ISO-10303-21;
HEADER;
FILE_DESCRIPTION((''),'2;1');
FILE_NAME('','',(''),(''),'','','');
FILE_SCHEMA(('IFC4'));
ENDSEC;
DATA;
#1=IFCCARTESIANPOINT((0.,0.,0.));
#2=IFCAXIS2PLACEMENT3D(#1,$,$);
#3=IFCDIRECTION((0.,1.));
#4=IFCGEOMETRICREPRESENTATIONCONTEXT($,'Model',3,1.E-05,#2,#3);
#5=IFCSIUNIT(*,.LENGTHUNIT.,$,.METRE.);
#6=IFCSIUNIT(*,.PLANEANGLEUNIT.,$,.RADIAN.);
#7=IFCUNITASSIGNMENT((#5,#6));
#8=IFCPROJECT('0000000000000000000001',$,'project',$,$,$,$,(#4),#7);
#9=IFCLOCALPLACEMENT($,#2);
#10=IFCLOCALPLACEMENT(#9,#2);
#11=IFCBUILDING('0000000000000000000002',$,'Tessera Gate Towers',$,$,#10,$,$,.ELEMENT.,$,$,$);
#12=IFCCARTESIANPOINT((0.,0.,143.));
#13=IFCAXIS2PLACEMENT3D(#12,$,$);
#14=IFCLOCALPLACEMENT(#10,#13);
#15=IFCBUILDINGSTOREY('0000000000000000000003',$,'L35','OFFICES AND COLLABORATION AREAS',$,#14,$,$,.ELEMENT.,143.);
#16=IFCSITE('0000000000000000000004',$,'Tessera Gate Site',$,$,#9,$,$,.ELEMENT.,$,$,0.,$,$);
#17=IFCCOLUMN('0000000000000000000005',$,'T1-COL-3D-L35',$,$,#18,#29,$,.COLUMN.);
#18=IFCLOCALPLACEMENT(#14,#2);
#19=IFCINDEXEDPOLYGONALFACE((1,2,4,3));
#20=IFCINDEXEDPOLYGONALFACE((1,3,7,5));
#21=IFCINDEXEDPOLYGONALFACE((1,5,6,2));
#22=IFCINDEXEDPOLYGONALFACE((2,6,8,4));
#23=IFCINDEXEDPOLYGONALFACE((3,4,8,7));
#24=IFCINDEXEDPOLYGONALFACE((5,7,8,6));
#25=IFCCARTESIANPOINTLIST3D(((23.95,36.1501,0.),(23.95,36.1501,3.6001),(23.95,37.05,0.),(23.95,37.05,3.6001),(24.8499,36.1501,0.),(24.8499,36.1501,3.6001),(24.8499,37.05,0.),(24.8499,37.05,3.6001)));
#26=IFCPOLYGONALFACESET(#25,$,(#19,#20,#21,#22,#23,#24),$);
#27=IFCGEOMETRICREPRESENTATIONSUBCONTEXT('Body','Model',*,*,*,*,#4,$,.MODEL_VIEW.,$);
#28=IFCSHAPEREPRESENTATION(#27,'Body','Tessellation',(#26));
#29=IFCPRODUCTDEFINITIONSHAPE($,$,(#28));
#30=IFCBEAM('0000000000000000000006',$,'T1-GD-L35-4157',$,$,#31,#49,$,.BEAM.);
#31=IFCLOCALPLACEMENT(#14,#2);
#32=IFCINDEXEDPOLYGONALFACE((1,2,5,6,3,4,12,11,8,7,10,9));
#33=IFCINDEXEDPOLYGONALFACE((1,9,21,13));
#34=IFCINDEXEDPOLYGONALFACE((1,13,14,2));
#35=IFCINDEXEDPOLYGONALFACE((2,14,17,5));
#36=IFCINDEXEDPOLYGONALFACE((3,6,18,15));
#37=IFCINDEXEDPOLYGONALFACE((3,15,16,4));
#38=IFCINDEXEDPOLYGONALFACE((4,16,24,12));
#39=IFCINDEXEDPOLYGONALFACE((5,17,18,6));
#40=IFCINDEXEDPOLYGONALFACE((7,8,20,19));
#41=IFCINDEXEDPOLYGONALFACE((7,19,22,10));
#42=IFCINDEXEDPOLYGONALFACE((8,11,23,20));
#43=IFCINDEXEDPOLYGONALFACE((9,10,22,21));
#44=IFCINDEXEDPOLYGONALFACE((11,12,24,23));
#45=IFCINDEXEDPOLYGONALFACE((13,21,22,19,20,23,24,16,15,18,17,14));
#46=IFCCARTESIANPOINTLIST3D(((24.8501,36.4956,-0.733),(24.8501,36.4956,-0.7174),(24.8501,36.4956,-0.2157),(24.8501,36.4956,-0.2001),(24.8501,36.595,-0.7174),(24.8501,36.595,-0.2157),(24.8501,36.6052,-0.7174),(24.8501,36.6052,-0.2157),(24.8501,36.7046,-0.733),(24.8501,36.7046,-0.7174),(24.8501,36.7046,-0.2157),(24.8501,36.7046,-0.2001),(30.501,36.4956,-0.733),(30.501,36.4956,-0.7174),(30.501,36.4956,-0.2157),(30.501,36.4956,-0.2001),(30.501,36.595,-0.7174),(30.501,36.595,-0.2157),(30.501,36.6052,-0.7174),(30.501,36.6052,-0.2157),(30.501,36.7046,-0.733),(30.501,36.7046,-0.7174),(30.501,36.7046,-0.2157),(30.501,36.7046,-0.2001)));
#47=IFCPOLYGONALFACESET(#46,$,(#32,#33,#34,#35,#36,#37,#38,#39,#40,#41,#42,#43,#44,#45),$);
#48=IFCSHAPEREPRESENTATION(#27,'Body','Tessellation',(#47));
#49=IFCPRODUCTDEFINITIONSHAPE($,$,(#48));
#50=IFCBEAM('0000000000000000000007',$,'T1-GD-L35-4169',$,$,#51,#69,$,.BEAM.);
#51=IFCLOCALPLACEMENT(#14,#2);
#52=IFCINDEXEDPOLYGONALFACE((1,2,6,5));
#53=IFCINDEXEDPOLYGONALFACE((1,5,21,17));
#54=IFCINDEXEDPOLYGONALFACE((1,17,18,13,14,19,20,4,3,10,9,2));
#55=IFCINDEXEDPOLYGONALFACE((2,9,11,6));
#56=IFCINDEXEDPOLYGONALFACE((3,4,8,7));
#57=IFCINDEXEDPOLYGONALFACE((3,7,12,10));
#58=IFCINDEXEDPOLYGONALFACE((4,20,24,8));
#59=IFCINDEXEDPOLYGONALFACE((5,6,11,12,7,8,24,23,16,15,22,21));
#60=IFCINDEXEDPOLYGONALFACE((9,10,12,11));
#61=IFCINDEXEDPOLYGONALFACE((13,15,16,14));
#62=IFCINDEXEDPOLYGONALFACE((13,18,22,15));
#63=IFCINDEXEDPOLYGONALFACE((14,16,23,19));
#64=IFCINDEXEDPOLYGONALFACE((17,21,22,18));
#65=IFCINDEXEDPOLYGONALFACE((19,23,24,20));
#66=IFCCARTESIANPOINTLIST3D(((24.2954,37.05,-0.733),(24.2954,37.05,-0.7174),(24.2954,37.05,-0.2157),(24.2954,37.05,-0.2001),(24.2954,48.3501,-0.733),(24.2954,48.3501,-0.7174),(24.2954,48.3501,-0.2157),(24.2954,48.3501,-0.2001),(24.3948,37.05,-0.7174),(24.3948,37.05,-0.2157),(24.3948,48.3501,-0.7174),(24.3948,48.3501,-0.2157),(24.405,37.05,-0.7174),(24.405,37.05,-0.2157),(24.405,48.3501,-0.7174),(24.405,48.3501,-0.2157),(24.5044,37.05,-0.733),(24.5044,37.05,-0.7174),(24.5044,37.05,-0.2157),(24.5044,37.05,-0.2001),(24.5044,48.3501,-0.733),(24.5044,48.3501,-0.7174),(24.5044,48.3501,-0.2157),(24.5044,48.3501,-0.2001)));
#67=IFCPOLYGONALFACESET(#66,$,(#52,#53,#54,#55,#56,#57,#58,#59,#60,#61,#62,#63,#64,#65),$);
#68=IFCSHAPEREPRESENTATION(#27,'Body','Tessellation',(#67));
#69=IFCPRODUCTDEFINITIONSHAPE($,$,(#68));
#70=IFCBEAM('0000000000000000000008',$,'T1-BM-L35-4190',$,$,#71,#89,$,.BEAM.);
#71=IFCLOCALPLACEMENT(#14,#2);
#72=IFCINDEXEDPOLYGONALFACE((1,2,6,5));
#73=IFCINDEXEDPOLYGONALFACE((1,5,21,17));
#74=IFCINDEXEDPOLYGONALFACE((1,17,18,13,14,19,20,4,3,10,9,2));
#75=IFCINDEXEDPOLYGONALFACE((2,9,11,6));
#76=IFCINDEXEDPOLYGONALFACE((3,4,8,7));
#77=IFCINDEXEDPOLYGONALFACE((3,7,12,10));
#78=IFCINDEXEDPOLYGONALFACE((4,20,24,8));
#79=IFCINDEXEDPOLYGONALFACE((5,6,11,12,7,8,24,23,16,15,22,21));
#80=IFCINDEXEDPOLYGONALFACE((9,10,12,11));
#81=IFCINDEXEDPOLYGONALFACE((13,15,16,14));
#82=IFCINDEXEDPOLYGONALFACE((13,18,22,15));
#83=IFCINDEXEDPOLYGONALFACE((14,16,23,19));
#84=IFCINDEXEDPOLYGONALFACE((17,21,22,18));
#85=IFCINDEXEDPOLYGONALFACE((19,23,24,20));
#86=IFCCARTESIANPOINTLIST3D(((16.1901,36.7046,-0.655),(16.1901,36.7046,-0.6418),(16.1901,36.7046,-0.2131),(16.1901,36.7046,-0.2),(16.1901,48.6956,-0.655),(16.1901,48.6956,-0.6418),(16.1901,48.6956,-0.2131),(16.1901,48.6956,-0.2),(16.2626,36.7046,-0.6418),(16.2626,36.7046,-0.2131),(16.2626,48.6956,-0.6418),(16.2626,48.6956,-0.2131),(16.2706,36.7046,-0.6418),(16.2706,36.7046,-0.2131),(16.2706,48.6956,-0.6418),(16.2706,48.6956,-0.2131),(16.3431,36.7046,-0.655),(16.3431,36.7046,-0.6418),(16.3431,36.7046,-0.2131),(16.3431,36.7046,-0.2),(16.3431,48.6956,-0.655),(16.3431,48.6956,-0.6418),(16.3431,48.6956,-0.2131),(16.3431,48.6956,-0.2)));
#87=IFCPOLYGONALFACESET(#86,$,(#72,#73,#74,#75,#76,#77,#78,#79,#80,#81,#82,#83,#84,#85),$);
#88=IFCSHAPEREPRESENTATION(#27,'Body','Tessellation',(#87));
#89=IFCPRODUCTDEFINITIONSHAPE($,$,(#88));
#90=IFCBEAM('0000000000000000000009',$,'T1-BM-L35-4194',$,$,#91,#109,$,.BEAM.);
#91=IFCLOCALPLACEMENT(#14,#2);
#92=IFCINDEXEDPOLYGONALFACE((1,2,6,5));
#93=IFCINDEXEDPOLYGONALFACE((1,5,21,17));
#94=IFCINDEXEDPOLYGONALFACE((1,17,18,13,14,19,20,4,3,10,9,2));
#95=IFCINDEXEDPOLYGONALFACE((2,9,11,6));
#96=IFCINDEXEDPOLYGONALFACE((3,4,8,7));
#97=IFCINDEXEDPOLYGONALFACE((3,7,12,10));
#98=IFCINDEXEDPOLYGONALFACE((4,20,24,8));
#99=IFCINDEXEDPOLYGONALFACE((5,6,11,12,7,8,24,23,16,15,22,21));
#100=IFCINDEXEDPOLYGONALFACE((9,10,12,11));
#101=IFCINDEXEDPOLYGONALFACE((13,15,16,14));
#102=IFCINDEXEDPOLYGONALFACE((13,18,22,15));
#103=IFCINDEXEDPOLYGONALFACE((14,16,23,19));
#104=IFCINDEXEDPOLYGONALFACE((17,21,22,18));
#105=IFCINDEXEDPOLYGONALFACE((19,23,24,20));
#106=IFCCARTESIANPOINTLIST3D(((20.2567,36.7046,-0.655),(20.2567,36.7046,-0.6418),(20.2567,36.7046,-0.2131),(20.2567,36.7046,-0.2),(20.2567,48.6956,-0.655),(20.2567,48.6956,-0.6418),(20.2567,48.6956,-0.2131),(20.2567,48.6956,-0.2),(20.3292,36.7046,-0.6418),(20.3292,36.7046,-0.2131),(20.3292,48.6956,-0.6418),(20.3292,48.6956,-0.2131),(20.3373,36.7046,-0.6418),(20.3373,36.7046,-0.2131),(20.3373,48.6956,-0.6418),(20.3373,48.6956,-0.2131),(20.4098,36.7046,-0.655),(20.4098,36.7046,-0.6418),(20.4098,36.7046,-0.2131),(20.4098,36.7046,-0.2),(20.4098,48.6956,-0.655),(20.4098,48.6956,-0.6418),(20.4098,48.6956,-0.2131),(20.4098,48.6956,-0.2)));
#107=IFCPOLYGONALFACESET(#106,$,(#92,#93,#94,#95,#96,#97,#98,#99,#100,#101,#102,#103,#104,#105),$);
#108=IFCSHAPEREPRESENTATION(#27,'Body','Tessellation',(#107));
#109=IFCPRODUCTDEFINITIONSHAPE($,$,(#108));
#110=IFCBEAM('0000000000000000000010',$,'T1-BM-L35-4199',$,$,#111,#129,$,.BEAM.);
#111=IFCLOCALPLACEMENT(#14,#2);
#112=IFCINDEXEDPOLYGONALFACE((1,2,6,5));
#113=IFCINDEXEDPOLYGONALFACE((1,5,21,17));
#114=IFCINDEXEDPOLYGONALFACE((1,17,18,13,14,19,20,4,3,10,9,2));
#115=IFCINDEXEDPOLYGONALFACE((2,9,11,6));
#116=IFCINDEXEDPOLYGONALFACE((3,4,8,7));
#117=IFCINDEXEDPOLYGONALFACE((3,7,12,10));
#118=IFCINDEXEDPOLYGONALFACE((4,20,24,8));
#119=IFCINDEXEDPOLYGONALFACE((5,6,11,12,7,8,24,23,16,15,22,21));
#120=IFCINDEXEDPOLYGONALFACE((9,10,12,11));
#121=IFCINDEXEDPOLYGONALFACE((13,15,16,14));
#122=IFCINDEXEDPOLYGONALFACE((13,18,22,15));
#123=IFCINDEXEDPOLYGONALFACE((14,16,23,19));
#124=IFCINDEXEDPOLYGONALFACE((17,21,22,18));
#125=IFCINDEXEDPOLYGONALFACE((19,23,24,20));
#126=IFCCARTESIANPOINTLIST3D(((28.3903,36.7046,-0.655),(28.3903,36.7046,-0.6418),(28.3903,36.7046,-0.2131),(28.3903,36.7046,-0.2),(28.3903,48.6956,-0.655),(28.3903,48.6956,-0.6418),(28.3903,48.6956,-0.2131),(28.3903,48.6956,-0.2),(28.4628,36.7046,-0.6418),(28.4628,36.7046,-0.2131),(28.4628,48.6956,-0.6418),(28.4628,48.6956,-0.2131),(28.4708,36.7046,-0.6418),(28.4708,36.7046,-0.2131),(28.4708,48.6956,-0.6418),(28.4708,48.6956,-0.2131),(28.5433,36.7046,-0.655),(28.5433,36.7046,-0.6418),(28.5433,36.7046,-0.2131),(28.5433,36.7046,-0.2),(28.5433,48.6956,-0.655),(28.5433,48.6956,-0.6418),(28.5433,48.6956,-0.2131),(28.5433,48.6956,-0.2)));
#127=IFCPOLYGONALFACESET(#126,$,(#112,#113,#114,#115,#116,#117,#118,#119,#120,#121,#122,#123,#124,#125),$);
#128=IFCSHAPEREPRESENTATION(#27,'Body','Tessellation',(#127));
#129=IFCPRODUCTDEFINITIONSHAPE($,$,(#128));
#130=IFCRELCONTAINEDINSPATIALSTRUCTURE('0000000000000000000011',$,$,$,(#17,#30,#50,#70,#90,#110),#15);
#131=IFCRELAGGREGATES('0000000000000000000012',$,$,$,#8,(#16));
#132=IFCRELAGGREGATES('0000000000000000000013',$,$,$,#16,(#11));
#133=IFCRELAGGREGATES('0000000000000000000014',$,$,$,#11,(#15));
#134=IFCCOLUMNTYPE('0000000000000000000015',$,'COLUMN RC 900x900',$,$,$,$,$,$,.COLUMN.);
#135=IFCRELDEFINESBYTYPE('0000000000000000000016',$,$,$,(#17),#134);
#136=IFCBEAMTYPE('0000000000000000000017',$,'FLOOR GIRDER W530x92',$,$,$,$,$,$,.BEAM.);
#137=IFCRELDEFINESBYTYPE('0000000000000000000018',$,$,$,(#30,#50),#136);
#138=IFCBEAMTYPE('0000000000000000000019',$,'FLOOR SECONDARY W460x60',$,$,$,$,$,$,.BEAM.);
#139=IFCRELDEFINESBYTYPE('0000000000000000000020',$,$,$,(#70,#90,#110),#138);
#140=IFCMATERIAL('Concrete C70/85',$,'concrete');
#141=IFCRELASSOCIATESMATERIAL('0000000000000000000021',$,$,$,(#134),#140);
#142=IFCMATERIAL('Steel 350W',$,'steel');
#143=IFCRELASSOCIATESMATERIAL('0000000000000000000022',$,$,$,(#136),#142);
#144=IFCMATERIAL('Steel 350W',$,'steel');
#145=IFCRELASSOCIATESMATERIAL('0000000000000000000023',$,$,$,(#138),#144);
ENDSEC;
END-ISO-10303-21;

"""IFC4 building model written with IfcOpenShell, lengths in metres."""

from ifc_helpers import new_model, si_unit, direction, frame, origin, origin_2d, place, context, subcontext, project, spatial, rectangle, i_section, extrude, material, material_profile, profile_set, type_object, element, save


model = new_model("IFC4")

# Units and contexts
model_context = context("Model", 3, precision=1e-05, world=origin(), true_north=direction((0.0, 1.0)))
body_context = subcontext(model_context, "Body", "Model", "MODEL_VIEW")
ifc_project = project(units=[si_unit("LENGTHUNIT", "METRE"), si_unit("PLANEANGLEUNIT", "RADIAN")], contexts=[model_context])

# Site, building, storey
site_placement = place(None, origin())
site = spatial("IfcSite", under=ifc_project, at=site_placement, Name="Tessera Gate Site", CompositionType="ELEMENT", RefElevation=0.0)
building_placement = place(site_placement, origin())
building = spatial("IfcBuilding", under=site, at=building_placement, Name="Tessera Gate Towers", CompositionType="ELEMENT")
storey_placement = place(building_placement, frame((0.0, 0.0, 143.0)))
storey = spatial("IfcBuildingStorey", under=building, at=storey_placement, Name="L35", Description="OFFICES AND COLLABORATION AREAS", CompositionType="ELEMENT", Elevation=143.0)

# Column
ifc_material_1 = material(Name="Concrete C70/85", Category="concrete")
ifc_material_profile_1 = material_profile(ifc_material_1, rectangle(XDim=0.8999, YDim=0.8999, at=origin_2d()), Name="RC 900x900")
ifc_profile_set_1 = profile_set([ifc_material_profile_1], Name="Concrete C70/85")
column_type = type_object("IfcColumnType", Name="COLUMN RC 900x900", PredefinedType="COLUMN", material=ifc_profile_set_1)
column_placement = place(storey_placement, frame((24.3999, 36.6001, 0.0), z_axis=(0.0, 0.0, 1.0), x_axis=(1.0, 0.0, 0.0)))
element("IfcColumn", 1, at=column_placement, inside=storey, type_object=column_type, Name="T1-COL-3D-L35", PredefinedType="COLUMN", context=body_context, shape_type="SweptSolid", body=[
    extrude(rectangle(XDim=0.8999, YDim=0.8999, at=origin_2d()), origin(), (0.0, 0.0, 1.0), 3.6001),
])

# Beams
ifc_material_2 = material(Name="Steel 350W", Category="steel")
ifc_material_profile_2 = material_profile(ifc_material_2, i_section(OverallWidth=0.209, OverallDepth=0.533, WebThickness=0.0103, FlangeThickness=0.0156, at=origin_2d()), Name="W530x92")
ifc_profile_set_2 = profile_set([ifc_material_profile_2], Name="Steel 350W")
beam_type_1 = type_object("IfcBeamType", Name="FLOOR GIRDER W530x92", PredefinedType="BEAM", material=ifc_profile_set_2)
beam_1_placement = place(storey_placement, frame((24.8501, 36.6001, -0.4666), z_axis=(1.0, 0.0, 0.0), x_axis=(0.0, 1.0, 0.0)))
element("IfcBeam", 2, at=beam_1_placement, inside=storey, type_object=beam_type_1, Name="T1-GD-L35-4157", PredefinedType="BEAM", context=body_context, shape_type="SweptSolid", body=[
    extrude(i_section(OverallWidth=0.209, OverallDepth=0.533, WebThickness=0.0103, FlangeThickness=0.0156, at=origin_2d()), origin(), (0.0, 0.0, 1.0), 5.6509),
])
beam_2_placement = place(storey_placement, frame((24.3999, 37.05, -0.4666), z_axis=(0.0, 1.0, 0.0), x_axis=(-1.0, 0.0, 0.0)))
element("IfcBeam", 3, at=beam_2_placement, inside=storey, type_object=beam_type_1, Name="T1-GD-L35-4169", PredefinedType="BEAM", context=body_context, shape_type="SweptSolid", body=[
    extrude(i_section(OverallWidth=0.209, OverallDepth=0.533, WebThickness=0.0103, FlangeThickness=0.0156, at=origin_2d()), origin(), (0.0, 0.0, 1.0), 11.3),
])
ifc_material_3 = material(Name="Steel 350W", Category="steel")
ifc_material_profile_3 = material_profile(ifc_material_3, i_section(OverallWidth=0.1531, OverallDepth=0.4551, WebThickness=0.0081, FlangeThickness=0.0132, at=origin_2d()), Name="W460x60")
ifc_profile_set_3 = profile_set([ifc_material_profile_3], Name="Steel 350W")
beam_type_2 = type_object("IfcBeamType", Name="FLOOR SECONDARY W460x60", PredefinedType="BEAM", material=ifc_profile_set_3)
for number, where, z_axis, x_axis, name in (
    (4, (16.2666, 36.7046, -0.4275), (0.0, 1.0, 0.0), (-1.0, 0.0, 0.0), "T1-BM-L35-4190"),
    (5, (20.3333, 36.7046, -0.4275), (0.0, 1.0, 0.0), (-1.0, 0.0, 0.0), "T1-BM-L35-4194"),
    (6, (28.4668, 36.7046, -0.4275), (0.0, 1.0, 0.0), (-1.0, 0.0, 0.0), "T1-BM-L35-4199"),
):
    element("IfcBeam", number, at=place(storey_placement, frame(where, z_axis=z_axis, x_axis=x_axis)), inside=storey, type_object=beam_type_2, Name=name, PredefinedType="BEAM", context=body_context, shape_type="SweptSolid", body=[
        extrude(i_section(OverallWidth=0.1531, OverallDepth=0.4551, WebThickness=0.0081, FlangeThickness=0.0132, at=origin_2d()), origin(), (0.0, 0.0, 1.0), 11.991),
    ])

save(model, "model.ifc")
